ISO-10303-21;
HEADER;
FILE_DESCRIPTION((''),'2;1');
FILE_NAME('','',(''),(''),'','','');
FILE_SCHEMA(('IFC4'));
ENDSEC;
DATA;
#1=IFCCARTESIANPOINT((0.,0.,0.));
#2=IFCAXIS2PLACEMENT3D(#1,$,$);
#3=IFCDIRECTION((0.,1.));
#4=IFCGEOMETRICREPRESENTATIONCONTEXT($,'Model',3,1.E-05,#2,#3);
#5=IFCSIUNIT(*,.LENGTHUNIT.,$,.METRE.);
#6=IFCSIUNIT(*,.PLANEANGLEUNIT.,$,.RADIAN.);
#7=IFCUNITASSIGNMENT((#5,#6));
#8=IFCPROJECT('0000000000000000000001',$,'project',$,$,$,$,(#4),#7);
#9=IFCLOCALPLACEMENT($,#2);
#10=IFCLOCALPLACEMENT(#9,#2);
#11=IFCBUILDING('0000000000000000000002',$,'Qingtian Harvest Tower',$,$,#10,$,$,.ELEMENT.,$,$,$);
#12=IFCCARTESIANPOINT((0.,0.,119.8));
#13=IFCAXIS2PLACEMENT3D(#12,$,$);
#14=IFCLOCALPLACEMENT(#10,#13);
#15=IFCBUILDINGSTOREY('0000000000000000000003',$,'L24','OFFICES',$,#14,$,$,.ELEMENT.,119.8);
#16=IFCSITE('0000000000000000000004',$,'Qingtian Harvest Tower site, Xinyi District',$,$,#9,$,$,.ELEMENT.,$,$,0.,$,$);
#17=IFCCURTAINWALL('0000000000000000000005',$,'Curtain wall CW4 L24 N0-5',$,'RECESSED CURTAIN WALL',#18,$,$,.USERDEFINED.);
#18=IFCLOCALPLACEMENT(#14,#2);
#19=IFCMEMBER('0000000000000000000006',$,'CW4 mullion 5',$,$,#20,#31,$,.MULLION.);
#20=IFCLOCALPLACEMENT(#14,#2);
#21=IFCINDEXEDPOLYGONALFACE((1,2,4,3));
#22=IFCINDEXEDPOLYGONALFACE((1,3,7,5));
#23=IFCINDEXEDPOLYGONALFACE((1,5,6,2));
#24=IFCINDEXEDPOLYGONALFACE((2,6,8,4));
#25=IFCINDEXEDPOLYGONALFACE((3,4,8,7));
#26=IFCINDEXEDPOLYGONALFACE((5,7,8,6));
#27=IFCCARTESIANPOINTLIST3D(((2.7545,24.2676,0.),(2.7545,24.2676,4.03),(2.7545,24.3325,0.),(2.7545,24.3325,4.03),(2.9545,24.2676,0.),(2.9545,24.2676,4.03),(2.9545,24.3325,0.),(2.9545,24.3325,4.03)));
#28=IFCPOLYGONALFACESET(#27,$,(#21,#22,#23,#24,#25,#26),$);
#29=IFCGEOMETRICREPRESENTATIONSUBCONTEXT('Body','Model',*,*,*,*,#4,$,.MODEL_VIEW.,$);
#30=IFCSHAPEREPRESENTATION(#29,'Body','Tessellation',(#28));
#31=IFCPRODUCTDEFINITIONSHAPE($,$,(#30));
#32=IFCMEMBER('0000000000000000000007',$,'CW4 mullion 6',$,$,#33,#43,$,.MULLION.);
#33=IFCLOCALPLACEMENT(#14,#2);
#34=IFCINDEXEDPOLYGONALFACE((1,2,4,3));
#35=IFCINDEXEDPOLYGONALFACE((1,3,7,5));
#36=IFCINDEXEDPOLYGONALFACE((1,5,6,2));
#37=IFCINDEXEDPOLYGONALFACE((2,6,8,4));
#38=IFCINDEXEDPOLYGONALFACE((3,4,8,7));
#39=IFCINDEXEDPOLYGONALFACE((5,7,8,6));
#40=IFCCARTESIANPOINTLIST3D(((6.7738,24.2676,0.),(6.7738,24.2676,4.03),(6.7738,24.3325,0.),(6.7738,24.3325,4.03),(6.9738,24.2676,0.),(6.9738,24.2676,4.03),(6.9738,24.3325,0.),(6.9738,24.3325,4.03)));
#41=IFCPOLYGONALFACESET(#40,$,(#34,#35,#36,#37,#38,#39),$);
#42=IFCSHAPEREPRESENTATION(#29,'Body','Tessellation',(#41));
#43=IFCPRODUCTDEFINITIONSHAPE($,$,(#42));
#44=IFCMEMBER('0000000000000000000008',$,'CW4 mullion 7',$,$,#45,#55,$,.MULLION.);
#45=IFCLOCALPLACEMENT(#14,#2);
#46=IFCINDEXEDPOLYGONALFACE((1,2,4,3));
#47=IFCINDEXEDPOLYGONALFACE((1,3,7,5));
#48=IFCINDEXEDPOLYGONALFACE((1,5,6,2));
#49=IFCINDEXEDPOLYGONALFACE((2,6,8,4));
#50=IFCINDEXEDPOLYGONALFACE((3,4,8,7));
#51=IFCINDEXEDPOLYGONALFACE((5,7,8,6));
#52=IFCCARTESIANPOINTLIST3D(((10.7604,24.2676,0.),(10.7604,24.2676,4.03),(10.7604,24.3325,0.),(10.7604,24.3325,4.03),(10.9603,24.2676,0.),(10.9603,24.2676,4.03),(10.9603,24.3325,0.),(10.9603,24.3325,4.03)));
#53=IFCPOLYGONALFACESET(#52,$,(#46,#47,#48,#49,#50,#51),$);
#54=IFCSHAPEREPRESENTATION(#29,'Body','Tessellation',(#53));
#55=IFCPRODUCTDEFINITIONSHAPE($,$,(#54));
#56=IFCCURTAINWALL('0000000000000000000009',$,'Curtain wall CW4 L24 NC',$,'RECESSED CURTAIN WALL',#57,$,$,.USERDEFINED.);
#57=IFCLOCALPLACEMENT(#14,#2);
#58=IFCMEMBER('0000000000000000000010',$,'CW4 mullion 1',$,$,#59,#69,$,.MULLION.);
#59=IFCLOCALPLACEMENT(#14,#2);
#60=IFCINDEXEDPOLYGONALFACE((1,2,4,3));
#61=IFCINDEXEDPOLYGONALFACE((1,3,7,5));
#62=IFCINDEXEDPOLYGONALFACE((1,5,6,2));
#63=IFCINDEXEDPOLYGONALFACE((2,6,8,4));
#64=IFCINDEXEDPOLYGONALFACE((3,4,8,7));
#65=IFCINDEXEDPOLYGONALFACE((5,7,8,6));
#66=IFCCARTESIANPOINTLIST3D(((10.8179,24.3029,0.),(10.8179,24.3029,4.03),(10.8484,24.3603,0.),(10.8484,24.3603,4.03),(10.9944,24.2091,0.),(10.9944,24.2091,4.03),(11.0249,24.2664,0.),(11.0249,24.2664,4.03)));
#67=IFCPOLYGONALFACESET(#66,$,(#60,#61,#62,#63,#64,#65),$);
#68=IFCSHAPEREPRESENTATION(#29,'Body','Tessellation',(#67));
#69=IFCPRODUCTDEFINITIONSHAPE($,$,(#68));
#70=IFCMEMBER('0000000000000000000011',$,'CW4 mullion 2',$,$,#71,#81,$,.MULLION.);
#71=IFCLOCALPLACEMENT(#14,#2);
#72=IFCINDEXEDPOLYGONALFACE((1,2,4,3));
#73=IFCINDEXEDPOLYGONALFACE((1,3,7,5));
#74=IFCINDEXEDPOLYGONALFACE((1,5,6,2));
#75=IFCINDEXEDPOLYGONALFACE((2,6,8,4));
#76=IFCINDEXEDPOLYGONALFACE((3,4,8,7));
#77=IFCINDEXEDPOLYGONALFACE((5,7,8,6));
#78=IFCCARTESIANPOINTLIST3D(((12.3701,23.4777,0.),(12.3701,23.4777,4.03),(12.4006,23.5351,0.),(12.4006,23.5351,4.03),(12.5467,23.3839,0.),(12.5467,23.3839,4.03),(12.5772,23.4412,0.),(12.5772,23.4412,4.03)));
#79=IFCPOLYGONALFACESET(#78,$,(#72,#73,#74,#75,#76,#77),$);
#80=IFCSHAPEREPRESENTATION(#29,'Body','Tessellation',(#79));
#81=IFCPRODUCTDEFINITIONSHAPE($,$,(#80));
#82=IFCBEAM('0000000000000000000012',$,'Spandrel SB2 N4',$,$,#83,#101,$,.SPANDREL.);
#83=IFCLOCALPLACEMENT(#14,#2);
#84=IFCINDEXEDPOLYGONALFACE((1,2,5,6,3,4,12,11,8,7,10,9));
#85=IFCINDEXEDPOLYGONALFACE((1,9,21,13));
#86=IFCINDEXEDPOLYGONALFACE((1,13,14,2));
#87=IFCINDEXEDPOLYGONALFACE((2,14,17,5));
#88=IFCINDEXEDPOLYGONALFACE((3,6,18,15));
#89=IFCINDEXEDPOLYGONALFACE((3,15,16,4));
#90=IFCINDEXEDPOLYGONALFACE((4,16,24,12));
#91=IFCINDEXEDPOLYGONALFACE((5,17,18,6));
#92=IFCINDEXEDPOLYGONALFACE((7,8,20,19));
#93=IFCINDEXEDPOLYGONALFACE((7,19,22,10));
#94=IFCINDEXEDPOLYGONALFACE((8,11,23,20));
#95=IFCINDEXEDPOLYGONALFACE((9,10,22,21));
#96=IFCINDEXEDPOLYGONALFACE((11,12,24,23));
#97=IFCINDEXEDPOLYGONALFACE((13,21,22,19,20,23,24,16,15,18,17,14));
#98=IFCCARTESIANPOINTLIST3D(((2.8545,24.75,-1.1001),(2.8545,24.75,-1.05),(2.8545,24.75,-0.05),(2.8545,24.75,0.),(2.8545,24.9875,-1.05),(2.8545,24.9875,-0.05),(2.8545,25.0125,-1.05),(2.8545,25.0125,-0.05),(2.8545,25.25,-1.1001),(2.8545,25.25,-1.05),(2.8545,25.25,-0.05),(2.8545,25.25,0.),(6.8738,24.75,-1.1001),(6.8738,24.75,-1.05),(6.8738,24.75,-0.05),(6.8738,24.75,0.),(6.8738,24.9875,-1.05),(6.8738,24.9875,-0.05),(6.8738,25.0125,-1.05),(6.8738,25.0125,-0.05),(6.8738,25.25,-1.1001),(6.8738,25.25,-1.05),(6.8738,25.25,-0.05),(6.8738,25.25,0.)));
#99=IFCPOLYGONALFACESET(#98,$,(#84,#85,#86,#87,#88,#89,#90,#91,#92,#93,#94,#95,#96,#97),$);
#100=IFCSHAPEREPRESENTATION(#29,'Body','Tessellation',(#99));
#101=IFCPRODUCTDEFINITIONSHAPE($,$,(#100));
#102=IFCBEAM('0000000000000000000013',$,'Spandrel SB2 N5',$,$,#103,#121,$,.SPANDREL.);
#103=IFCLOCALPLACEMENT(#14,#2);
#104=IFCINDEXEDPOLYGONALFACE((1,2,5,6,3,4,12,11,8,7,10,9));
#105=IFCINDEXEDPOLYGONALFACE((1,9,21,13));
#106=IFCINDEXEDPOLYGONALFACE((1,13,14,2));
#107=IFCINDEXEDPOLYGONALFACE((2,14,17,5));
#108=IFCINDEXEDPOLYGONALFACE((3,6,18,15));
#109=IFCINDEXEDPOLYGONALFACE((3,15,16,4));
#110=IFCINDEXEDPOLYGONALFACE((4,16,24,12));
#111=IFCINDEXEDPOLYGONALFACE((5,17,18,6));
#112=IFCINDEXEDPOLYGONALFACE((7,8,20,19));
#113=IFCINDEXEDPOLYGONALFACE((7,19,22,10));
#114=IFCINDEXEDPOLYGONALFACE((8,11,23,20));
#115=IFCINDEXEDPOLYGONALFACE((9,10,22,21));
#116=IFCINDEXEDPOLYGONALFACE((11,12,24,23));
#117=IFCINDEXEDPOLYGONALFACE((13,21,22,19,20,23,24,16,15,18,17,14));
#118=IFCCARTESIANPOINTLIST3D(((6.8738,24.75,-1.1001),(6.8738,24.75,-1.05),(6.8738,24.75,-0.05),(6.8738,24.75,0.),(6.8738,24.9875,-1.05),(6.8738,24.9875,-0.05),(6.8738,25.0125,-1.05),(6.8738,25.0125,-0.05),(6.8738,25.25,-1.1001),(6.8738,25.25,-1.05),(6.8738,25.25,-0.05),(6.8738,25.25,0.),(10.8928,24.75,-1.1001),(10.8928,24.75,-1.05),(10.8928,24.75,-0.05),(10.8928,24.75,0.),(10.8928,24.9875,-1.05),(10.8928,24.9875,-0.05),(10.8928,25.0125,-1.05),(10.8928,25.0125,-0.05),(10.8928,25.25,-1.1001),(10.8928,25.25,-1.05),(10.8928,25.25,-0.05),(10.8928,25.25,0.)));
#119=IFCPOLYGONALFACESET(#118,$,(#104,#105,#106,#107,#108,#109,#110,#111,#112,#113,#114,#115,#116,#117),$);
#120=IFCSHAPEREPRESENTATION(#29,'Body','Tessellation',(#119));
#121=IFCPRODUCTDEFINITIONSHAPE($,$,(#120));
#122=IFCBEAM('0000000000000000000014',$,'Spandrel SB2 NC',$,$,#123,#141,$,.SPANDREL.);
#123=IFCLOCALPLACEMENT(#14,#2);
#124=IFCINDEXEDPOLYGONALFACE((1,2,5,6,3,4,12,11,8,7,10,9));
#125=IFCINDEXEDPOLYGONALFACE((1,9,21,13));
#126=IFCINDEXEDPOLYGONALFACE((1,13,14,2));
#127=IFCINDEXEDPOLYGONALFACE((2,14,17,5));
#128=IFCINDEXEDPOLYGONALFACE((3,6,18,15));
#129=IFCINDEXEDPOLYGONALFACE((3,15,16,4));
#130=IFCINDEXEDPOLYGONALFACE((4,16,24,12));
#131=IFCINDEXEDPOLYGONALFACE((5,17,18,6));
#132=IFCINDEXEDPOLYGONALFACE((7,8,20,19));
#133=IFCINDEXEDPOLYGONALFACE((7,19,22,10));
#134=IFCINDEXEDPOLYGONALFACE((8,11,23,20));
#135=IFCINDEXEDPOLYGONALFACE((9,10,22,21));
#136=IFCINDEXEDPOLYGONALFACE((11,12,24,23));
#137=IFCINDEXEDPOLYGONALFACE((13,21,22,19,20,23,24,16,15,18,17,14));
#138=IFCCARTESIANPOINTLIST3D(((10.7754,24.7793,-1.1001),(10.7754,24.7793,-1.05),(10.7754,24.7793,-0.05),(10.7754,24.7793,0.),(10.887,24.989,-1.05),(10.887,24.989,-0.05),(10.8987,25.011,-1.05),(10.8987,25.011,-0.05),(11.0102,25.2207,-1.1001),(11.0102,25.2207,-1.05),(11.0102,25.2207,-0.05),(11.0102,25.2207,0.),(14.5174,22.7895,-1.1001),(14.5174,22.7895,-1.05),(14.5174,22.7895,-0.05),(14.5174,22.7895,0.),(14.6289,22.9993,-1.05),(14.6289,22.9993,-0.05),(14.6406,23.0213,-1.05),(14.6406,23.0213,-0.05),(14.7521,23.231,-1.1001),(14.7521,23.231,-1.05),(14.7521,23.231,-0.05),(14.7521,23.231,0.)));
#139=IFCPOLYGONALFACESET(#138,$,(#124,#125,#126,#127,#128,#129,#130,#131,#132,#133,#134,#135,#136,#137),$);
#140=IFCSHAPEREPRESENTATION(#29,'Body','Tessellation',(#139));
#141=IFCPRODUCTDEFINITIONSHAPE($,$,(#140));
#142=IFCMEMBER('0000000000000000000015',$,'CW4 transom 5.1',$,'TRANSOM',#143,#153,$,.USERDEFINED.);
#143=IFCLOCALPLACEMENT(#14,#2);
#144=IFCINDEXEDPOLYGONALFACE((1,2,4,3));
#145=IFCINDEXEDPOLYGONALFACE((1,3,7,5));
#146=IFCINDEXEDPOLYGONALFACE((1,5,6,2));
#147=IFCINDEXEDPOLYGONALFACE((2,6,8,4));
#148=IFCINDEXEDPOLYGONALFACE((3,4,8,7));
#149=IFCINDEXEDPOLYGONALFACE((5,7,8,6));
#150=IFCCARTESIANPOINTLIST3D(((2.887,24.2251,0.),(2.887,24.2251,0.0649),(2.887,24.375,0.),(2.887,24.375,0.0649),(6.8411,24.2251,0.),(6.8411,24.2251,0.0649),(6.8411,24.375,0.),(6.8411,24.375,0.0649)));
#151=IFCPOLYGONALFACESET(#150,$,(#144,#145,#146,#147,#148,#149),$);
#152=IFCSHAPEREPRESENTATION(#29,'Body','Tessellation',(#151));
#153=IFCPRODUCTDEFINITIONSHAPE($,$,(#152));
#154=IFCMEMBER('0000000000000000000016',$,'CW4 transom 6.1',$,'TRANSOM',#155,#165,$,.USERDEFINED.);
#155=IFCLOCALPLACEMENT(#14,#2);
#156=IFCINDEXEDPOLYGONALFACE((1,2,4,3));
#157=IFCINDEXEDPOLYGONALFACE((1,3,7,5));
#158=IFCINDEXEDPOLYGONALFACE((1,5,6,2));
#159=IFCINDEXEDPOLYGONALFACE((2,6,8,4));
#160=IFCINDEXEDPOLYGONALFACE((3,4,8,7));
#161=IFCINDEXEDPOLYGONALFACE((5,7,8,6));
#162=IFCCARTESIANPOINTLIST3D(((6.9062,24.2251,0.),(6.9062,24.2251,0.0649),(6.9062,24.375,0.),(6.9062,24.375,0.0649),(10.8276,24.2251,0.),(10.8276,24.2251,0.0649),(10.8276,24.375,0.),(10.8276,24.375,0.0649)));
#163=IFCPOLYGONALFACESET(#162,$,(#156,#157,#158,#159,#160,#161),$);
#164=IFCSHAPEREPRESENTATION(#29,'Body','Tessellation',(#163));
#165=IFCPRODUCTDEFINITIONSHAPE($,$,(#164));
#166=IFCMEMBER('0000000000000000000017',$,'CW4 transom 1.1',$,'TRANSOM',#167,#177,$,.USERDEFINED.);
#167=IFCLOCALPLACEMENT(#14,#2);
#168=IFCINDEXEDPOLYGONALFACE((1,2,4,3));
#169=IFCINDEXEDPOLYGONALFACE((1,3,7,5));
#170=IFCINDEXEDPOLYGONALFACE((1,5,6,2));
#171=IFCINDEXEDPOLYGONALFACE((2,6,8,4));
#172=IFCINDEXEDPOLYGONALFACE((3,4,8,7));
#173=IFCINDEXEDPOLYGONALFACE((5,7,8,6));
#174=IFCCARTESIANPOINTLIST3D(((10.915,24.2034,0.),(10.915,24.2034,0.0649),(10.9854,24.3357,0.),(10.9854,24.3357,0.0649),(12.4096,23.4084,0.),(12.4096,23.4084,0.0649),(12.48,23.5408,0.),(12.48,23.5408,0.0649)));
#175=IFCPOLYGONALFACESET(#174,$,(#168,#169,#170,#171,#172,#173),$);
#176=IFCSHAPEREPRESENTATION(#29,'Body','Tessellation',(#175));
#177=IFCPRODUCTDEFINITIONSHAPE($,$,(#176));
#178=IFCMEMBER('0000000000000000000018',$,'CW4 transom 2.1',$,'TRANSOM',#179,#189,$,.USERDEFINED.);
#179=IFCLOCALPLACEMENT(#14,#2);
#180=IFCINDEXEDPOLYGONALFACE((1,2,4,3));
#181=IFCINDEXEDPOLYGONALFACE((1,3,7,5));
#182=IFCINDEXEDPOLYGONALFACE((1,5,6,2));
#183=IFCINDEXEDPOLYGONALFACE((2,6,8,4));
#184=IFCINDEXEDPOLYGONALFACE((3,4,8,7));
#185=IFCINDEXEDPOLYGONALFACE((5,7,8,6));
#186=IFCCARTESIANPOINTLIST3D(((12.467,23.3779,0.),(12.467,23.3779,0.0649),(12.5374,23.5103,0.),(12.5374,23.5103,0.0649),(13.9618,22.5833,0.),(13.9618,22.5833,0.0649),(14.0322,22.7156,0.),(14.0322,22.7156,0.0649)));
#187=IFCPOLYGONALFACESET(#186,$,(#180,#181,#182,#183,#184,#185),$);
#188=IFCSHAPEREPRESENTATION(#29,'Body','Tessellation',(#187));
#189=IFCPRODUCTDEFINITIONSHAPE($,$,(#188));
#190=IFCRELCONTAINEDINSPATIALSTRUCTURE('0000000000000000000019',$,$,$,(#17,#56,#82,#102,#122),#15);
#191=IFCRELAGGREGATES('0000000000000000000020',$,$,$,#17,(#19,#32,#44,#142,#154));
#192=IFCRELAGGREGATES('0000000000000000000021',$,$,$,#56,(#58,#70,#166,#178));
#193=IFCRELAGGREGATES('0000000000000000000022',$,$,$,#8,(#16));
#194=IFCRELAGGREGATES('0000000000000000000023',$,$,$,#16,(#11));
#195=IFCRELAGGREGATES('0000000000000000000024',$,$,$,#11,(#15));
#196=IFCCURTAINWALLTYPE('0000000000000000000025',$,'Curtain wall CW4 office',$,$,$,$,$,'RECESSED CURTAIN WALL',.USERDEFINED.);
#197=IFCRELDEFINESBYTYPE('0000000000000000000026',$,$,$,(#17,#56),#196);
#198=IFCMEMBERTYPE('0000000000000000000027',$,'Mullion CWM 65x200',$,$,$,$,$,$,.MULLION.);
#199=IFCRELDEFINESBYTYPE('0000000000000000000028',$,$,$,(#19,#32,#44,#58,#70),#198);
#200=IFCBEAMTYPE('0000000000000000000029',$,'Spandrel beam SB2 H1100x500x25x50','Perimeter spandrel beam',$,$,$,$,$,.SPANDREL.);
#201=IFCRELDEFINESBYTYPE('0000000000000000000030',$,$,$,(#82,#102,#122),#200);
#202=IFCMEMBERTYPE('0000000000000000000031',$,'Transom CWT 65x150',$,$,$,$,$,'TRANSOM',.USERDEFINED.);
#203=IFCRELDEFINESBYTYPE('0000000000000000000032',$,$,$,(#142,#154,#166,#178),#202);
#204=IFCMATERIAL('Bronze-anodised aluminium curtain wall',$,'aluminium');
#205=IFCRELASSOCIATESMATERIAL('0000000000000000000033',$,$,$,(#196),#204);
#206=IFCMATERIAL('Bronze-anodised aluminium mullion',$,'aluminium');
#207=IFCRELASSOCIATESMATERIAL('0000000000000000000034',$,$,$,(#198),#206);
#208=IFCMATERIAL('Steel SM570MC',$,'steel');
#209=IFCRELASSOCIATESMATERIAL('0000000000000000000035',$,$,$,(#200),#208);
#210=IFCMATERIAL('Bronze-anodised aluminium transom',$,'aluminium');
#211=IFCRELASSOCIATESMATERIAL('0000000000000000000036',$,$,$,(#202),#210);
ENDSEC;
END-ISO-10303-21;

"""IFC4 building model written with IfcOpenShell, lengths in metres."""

from ifc_helpers import new_model, si_unit, direction, frame, origin, origin_2d, place, context, subcontext, project, spatial, rectangle, i_section, extrude, material, material_profile, profile_set, type_object, element, aggregate, save


model = new_model("IFC4")

# Units and contexts
model_context = context("Model", 3, precision=1e-05, world=origin(), true_north=direction((0.0, 1.0)))
body_context = subcontext(model_context, "Body", "Model", "MODEL_VIEW")
ifc_project = project(units=[si_unit("LENGTHUNIT", "METRE"), si_unit("PLANEANGLEUNIT", "RADIAN")], contexts=[model_context])

# Site, building, storey
site_placement = place(None, origin())
site = spatial("IfcSite", under=ifc_project, at=site_placement, Name="Qingtian Harvest Tower site, Xinyi District", CompositionType="ELEMENT", RefElevation=0.0)
building_placement = place(site_placement, origin())
building = spatial("IfcBuilding", under=site, at=building_placement, Name="Qingtian Harvest Tower", CompositionType="ELEMENT")
storey_placement = place(building_placement, frame((0.0, 0.0, 119.8)))
storey = spatial("IfcBuildingStorey", under=building, at=storey_placement, Name="L24", Description="OFFICES", CompositionType="ELEMENT", Elevation=119.8)

# Curtain walls, members
ifc_material_1 = material(Name="Bronze-anodised aluminium curtain wall", Category="aluminium")
curtain_wall_type = type_object("IfcCurtainWallType", Name="Curtain wall CW4 office", ElementType="RECESSED CURTAIN WALL", PredefinedType="USERDEFINED", material=ifc_material_1)
curtain_wall_1_placement = place(storey_placement, origin())
curtain_wall_1 = element("IfcCurtainWall", 1, at=curtain_wall_1_placement, inside=storey, type_object=curtain_wall_type, Name="Curtain wall CW4 L24 N0-5", ObjectType="RECESSED CURTAIN WALL", PredefinedType="USERDEFINED")
ifc_material_2 = material(Name="Bronze-anodised aluminium mullion", Category="aluminium")
ifc_material_profile_1 = material_profile(ifc_material_2, rectangle(XDim=0.0649, YDim=0.2, at=origin_2d()), Name="AL 65x200")
ifc_profile_set_1 = profile_set([ifc_material_profile_1], Name="Bronze-anodised aluminium mullion")
member_type_1 = type_object("IfcMemberType", Name="Mullion CWM 65x200", PredefinedType="MULLION", material=ifc_profile_set_1)
member_1_placement = place(storey_placement, frame((2.8545, 24.3, 0.0), z_axis=(0.0, 0.0, 1.0), x_axis=(0.0, 1.0, 0.0)))
member_1 = element("IfcMember", 2, at=member_1_placement, type_object=member_type_1, Name="CW4 mullion 5", PredefinedType="MULLION", context=body_context, shape_type="SweptSolid", body=[
    extrude(rectangle(XDim=0.0649, YDim=0.2, at=origin_2d()), origin(), (0.0, 0.0, 1.0), 4.03),
])
member_2_placement = place(storey_placement, frame((6.8738, 24.3, 0.0), z_axis=(0.0, 0.0, 1.0), x_axis=(0.0, 1.0, 0.0)))
member_2 = element("IfcMember", 3, at=member_2_placement, type_object=member_type_1, Name="CW4 mullion 6", PredefinedType="MULLION", context=body_context, shape_type="SweptSolid", body=[
    extrude(rectangle(XDim=0.0649, YDim=0.2, at=origin_2d()), origin(), (0.0, 0.0, 1.0), 4.03),
])
member_3_placement = place(storey_placement, frame((10.8604, 24.3, 0.0), z_axis=(0.0, 0.0, 1.0), x_axis=(0.0, 1.0, 0.0)))
member_3 = element("IfcMember", 4, at=member_3_placement, type_object=member_type_1, Name="CW4 mullion 7", PredefinedType="MULLION", context=body_context, shape_type="SweptSolid", body=[
    extrude(rectangle(XDim=0.0649, YDim=0.2, at=origin_2d()), origin(), (0.0, 0.0, 1.0), 4.03),
])
curtain_wall_2_placement = place(storey_placement, origin())
curtain_wall_2 = element("IfcCurtainWall", 5, at=curtain_wall_2_placement, inside=storey, type_object=curtain_wall_type, Name="Curtain wall CW4 L24 NC", ObjectType="RECESSED CURTAIN WALL", PredefinedType="USERDEFINED")
member_4_placement = place(storey_placement, frame((10.9214, 24.2847, 0.0), z_axis=(0.0, 0.0, 1.0), x_axis=(0.469472, 0.882948, 0.0)))
member_4 = element("IfcMember", 6, at=member_4_placement, type_object=member_type_1, Name="CW4 mullion 1", PredefinedType="MULLION", context=body_context, shape_type="SweptSolid", body=[
    extrude(rectangle(XDim=0.0649, YDim=0.2, at=origin_2d()), origin(), (0.0, 0.0, 1.0), 4.03),
])
member_5_placement = place(storey_placement, frame((12.4736, 23.4595, 0.0), z_axis=(0.0, 0.0, 1.0), x_axis=(0.469472, 0.882948, 0.0)))
member_5 = element("IfcMember", 7, at=member_5_placement, type_object=member_type_1, Name="CW4 mullion 2", PredefinedType="MULLION", context=body_context, shape_type="SweptSolid", body=[
    extrude(rectangle(XDim=0.0649, YDim=0.2, at=origin_2d()), origin(), (0.0, 0.0, 1.0), 4.03),
])

# Beams
ifc_material_3 = material(Name="Steel SM570MC", Category="steel")
ifc_material_profile_2 = material_profile(ifc_material_3, i_section(OverallWidth=0.5, OverallDepth=1.1001, WebThickness=0.0249, FlangeThickness=0.05, at=origin_2d()), Name="H1100x500x25x50")
ifc_profile_set_2 = profile_set([ifc_material_profile_2], Name="Steel SM570MC")
beam_type_1 = type_object("IfcBeamType", Name="Spandrel beam SB2 H1100x500x25x50", Description="Perimeter spandrel beam", PredefinedType="SPANDREL", material=ifc_profile_set_2)
beam_1_placement = place(storey_placement, frame((2.8545, 25.0, -0.55), z_axis=(1.0, 0.0, 0.0), x_axis=(0.0, 1.0, 0.0)))
element("IfcBeam", 8, at=beam_1_placement, inside=storey, type_object=beam_type_1, Name="Spandrel SB2 N4", PredefinedType="SPANDREL", context=body_context, shape_type="SweptSolid", body=[
    extrude(i_section(OverallWidth=0.5, OverallDepth=1.1001, WebThickness=0.0249, FlangeThickness=0.05, at=origin_2d()), origin(), (0.0, 0.0, 1.0), 4.0193),
])
beam_2_placement = place(storey_placement, frame((6.8738, 25.0, -0.55), z_axis=(1.0, 0.0, 0.0), x_axis=(0.0, 1.0, 0.0)))
element("IfcBeam", 9, at=beam_2_placement, inside=storey, type_object=beam_type_1, Name="Spandrel SB2 N5", PredefinedType="SPANDREL", context=body_context, shape_type="SweptSolid", body=[
    extrude(i_section(OverallWidth=0.5, OverallDepth=1.1001, WebThickness=0.0249, FlangeThickness=0.05, at=origin_2d()), origin(), (0.0, 0.0, 1.0), 4.019),
])
beam_3_placement = place(storey_placement, frame((10.8928, 25.0, -0.55), z_axis=(0.882936, -0.469494, 0.0), x_axis=(0.469494, 0.882936, 0.0)))
element("IfcBeam", 10, at=beam_3_placement, inside=storey, type_object=beam_type_1, Name="Spandrel SB2 NC", PredefinedType="SPANDREL", context=body_context, shape_type="SweptSolid", body=[
    extrude(i_section(OverallWidth=0.5, OverallDepth=1.1001, WebThickness=0.0249, FlangeThickness=0.05, at=origin_2d()), origin(), (0.0, 0.0, 1.0), 4.238),
])

# Members
ifc_material_4 = material(Name="Bronze-anodised aluminium transom", Category="aluminium")
ifc_material_profile_3 = material_profile(ifc_material_4, rectangle(XDim=0.1499, YDim=0.0649, at=origin_2d()), Name="AL 65x150")
ifc_profile_set_3 = profile_set([ifc_material_profile_3], Name="Bronze-anodised aluminium transom")
member_type_2 = type_object("IfcMemberType", Name="Transom CWT 65x150", ElementType="TRANSOM", PredefinedType="USERDEFINED", material=ifc_profile_set_3)
member_6_placement = place(storey_placement, frame((2.887, 24.3, 0.0325), z_axis=(1.0, 0.0, 0.0), x_axis=(0.0, 1.0, 0.0)))
member_6 = element("IfcMember", 11, at=member_6_placement, type_object=member_type_2, Name="CW4 transom 5.1", ObjectType="TRANSOM", PredefinedType="USERDEFINED", context=body_context, shape_type="SweptSolid", body=[
    extrude(rectangle(XDim=0.1499, YDim=0.0649, at=origin_2d()), origin(), (0.0, 0.0, 1.0), 3.9541),
])
member_7_placement = place(storey_placement, frame((6.9062, 24.3, 0.0325), z_axis=(1.0, 0.0, 0.0), x_axis=(0.0, 1.0, 0.0)))
member_7 = element("IfcMember", 12, at=member_7_placement, type_object=member_type_2, Name="CW4 transom 6.1", ObjectType="TRANSOM", PredefinedType="USERDEFINED", context=body_context, shape_type="SweptSolid", body=[
    extrude(rectangle(XDim=0.1499, YDim=0.0649, at=origin_2d()), origin(), (0.0, 0.0, 1.0), 3.9214),
])
member_8_placement = place(storey_placement, frame((10.9502, 24.2695, 0.0325), z_axis=(0.882895, -0.46957, 0.0), x_axis=(0.46957, 0.882895, 0.0)))
member_8 = element("IfcMember", 13, at=member_8_placement, type_object=member_type_2, Name="CW4 transom 1.1", ObjectType="TRANSOM", PredefinedType="USERDEFINED", context=body_context, shape_type="SweptSolid", body=[
    extrude(rectangle(XDim=0.1499, YDim=0.0649, at=origin_2d()), origin(), (0.0, 0.0, 1.0), 1.6929),
])
member_9_placement = place(storey_placement, frame((12.5022, 23.4441, 0.0325), z_axis=(0.882987, -0.469398, 0.0), x_axis=(0.469398, 0.882987, 0.0)))
member_9 = element("IfcMember", 14, at=member_9_placement, type_object=member_type_2, Name="CW4 transom 2.1", ObjectType="TRANSOM", PredefinedType="USERDEFINED", context=body_context, shape_type="SweptSolid", body=[
    extrude(rectangle(XDim=0.1499, YDim=0.0649, at=origin_2d()), origin(), (0.0, 0.0, 1.0), 1.6929),
])

aggregate(curtain_wall_1, [member_1, member_2, member_3, member_6, member_7])
aggregate(curtain_wall_2, [member_4, member_5, member_8, member_9])

save(model, "model.ifc")
